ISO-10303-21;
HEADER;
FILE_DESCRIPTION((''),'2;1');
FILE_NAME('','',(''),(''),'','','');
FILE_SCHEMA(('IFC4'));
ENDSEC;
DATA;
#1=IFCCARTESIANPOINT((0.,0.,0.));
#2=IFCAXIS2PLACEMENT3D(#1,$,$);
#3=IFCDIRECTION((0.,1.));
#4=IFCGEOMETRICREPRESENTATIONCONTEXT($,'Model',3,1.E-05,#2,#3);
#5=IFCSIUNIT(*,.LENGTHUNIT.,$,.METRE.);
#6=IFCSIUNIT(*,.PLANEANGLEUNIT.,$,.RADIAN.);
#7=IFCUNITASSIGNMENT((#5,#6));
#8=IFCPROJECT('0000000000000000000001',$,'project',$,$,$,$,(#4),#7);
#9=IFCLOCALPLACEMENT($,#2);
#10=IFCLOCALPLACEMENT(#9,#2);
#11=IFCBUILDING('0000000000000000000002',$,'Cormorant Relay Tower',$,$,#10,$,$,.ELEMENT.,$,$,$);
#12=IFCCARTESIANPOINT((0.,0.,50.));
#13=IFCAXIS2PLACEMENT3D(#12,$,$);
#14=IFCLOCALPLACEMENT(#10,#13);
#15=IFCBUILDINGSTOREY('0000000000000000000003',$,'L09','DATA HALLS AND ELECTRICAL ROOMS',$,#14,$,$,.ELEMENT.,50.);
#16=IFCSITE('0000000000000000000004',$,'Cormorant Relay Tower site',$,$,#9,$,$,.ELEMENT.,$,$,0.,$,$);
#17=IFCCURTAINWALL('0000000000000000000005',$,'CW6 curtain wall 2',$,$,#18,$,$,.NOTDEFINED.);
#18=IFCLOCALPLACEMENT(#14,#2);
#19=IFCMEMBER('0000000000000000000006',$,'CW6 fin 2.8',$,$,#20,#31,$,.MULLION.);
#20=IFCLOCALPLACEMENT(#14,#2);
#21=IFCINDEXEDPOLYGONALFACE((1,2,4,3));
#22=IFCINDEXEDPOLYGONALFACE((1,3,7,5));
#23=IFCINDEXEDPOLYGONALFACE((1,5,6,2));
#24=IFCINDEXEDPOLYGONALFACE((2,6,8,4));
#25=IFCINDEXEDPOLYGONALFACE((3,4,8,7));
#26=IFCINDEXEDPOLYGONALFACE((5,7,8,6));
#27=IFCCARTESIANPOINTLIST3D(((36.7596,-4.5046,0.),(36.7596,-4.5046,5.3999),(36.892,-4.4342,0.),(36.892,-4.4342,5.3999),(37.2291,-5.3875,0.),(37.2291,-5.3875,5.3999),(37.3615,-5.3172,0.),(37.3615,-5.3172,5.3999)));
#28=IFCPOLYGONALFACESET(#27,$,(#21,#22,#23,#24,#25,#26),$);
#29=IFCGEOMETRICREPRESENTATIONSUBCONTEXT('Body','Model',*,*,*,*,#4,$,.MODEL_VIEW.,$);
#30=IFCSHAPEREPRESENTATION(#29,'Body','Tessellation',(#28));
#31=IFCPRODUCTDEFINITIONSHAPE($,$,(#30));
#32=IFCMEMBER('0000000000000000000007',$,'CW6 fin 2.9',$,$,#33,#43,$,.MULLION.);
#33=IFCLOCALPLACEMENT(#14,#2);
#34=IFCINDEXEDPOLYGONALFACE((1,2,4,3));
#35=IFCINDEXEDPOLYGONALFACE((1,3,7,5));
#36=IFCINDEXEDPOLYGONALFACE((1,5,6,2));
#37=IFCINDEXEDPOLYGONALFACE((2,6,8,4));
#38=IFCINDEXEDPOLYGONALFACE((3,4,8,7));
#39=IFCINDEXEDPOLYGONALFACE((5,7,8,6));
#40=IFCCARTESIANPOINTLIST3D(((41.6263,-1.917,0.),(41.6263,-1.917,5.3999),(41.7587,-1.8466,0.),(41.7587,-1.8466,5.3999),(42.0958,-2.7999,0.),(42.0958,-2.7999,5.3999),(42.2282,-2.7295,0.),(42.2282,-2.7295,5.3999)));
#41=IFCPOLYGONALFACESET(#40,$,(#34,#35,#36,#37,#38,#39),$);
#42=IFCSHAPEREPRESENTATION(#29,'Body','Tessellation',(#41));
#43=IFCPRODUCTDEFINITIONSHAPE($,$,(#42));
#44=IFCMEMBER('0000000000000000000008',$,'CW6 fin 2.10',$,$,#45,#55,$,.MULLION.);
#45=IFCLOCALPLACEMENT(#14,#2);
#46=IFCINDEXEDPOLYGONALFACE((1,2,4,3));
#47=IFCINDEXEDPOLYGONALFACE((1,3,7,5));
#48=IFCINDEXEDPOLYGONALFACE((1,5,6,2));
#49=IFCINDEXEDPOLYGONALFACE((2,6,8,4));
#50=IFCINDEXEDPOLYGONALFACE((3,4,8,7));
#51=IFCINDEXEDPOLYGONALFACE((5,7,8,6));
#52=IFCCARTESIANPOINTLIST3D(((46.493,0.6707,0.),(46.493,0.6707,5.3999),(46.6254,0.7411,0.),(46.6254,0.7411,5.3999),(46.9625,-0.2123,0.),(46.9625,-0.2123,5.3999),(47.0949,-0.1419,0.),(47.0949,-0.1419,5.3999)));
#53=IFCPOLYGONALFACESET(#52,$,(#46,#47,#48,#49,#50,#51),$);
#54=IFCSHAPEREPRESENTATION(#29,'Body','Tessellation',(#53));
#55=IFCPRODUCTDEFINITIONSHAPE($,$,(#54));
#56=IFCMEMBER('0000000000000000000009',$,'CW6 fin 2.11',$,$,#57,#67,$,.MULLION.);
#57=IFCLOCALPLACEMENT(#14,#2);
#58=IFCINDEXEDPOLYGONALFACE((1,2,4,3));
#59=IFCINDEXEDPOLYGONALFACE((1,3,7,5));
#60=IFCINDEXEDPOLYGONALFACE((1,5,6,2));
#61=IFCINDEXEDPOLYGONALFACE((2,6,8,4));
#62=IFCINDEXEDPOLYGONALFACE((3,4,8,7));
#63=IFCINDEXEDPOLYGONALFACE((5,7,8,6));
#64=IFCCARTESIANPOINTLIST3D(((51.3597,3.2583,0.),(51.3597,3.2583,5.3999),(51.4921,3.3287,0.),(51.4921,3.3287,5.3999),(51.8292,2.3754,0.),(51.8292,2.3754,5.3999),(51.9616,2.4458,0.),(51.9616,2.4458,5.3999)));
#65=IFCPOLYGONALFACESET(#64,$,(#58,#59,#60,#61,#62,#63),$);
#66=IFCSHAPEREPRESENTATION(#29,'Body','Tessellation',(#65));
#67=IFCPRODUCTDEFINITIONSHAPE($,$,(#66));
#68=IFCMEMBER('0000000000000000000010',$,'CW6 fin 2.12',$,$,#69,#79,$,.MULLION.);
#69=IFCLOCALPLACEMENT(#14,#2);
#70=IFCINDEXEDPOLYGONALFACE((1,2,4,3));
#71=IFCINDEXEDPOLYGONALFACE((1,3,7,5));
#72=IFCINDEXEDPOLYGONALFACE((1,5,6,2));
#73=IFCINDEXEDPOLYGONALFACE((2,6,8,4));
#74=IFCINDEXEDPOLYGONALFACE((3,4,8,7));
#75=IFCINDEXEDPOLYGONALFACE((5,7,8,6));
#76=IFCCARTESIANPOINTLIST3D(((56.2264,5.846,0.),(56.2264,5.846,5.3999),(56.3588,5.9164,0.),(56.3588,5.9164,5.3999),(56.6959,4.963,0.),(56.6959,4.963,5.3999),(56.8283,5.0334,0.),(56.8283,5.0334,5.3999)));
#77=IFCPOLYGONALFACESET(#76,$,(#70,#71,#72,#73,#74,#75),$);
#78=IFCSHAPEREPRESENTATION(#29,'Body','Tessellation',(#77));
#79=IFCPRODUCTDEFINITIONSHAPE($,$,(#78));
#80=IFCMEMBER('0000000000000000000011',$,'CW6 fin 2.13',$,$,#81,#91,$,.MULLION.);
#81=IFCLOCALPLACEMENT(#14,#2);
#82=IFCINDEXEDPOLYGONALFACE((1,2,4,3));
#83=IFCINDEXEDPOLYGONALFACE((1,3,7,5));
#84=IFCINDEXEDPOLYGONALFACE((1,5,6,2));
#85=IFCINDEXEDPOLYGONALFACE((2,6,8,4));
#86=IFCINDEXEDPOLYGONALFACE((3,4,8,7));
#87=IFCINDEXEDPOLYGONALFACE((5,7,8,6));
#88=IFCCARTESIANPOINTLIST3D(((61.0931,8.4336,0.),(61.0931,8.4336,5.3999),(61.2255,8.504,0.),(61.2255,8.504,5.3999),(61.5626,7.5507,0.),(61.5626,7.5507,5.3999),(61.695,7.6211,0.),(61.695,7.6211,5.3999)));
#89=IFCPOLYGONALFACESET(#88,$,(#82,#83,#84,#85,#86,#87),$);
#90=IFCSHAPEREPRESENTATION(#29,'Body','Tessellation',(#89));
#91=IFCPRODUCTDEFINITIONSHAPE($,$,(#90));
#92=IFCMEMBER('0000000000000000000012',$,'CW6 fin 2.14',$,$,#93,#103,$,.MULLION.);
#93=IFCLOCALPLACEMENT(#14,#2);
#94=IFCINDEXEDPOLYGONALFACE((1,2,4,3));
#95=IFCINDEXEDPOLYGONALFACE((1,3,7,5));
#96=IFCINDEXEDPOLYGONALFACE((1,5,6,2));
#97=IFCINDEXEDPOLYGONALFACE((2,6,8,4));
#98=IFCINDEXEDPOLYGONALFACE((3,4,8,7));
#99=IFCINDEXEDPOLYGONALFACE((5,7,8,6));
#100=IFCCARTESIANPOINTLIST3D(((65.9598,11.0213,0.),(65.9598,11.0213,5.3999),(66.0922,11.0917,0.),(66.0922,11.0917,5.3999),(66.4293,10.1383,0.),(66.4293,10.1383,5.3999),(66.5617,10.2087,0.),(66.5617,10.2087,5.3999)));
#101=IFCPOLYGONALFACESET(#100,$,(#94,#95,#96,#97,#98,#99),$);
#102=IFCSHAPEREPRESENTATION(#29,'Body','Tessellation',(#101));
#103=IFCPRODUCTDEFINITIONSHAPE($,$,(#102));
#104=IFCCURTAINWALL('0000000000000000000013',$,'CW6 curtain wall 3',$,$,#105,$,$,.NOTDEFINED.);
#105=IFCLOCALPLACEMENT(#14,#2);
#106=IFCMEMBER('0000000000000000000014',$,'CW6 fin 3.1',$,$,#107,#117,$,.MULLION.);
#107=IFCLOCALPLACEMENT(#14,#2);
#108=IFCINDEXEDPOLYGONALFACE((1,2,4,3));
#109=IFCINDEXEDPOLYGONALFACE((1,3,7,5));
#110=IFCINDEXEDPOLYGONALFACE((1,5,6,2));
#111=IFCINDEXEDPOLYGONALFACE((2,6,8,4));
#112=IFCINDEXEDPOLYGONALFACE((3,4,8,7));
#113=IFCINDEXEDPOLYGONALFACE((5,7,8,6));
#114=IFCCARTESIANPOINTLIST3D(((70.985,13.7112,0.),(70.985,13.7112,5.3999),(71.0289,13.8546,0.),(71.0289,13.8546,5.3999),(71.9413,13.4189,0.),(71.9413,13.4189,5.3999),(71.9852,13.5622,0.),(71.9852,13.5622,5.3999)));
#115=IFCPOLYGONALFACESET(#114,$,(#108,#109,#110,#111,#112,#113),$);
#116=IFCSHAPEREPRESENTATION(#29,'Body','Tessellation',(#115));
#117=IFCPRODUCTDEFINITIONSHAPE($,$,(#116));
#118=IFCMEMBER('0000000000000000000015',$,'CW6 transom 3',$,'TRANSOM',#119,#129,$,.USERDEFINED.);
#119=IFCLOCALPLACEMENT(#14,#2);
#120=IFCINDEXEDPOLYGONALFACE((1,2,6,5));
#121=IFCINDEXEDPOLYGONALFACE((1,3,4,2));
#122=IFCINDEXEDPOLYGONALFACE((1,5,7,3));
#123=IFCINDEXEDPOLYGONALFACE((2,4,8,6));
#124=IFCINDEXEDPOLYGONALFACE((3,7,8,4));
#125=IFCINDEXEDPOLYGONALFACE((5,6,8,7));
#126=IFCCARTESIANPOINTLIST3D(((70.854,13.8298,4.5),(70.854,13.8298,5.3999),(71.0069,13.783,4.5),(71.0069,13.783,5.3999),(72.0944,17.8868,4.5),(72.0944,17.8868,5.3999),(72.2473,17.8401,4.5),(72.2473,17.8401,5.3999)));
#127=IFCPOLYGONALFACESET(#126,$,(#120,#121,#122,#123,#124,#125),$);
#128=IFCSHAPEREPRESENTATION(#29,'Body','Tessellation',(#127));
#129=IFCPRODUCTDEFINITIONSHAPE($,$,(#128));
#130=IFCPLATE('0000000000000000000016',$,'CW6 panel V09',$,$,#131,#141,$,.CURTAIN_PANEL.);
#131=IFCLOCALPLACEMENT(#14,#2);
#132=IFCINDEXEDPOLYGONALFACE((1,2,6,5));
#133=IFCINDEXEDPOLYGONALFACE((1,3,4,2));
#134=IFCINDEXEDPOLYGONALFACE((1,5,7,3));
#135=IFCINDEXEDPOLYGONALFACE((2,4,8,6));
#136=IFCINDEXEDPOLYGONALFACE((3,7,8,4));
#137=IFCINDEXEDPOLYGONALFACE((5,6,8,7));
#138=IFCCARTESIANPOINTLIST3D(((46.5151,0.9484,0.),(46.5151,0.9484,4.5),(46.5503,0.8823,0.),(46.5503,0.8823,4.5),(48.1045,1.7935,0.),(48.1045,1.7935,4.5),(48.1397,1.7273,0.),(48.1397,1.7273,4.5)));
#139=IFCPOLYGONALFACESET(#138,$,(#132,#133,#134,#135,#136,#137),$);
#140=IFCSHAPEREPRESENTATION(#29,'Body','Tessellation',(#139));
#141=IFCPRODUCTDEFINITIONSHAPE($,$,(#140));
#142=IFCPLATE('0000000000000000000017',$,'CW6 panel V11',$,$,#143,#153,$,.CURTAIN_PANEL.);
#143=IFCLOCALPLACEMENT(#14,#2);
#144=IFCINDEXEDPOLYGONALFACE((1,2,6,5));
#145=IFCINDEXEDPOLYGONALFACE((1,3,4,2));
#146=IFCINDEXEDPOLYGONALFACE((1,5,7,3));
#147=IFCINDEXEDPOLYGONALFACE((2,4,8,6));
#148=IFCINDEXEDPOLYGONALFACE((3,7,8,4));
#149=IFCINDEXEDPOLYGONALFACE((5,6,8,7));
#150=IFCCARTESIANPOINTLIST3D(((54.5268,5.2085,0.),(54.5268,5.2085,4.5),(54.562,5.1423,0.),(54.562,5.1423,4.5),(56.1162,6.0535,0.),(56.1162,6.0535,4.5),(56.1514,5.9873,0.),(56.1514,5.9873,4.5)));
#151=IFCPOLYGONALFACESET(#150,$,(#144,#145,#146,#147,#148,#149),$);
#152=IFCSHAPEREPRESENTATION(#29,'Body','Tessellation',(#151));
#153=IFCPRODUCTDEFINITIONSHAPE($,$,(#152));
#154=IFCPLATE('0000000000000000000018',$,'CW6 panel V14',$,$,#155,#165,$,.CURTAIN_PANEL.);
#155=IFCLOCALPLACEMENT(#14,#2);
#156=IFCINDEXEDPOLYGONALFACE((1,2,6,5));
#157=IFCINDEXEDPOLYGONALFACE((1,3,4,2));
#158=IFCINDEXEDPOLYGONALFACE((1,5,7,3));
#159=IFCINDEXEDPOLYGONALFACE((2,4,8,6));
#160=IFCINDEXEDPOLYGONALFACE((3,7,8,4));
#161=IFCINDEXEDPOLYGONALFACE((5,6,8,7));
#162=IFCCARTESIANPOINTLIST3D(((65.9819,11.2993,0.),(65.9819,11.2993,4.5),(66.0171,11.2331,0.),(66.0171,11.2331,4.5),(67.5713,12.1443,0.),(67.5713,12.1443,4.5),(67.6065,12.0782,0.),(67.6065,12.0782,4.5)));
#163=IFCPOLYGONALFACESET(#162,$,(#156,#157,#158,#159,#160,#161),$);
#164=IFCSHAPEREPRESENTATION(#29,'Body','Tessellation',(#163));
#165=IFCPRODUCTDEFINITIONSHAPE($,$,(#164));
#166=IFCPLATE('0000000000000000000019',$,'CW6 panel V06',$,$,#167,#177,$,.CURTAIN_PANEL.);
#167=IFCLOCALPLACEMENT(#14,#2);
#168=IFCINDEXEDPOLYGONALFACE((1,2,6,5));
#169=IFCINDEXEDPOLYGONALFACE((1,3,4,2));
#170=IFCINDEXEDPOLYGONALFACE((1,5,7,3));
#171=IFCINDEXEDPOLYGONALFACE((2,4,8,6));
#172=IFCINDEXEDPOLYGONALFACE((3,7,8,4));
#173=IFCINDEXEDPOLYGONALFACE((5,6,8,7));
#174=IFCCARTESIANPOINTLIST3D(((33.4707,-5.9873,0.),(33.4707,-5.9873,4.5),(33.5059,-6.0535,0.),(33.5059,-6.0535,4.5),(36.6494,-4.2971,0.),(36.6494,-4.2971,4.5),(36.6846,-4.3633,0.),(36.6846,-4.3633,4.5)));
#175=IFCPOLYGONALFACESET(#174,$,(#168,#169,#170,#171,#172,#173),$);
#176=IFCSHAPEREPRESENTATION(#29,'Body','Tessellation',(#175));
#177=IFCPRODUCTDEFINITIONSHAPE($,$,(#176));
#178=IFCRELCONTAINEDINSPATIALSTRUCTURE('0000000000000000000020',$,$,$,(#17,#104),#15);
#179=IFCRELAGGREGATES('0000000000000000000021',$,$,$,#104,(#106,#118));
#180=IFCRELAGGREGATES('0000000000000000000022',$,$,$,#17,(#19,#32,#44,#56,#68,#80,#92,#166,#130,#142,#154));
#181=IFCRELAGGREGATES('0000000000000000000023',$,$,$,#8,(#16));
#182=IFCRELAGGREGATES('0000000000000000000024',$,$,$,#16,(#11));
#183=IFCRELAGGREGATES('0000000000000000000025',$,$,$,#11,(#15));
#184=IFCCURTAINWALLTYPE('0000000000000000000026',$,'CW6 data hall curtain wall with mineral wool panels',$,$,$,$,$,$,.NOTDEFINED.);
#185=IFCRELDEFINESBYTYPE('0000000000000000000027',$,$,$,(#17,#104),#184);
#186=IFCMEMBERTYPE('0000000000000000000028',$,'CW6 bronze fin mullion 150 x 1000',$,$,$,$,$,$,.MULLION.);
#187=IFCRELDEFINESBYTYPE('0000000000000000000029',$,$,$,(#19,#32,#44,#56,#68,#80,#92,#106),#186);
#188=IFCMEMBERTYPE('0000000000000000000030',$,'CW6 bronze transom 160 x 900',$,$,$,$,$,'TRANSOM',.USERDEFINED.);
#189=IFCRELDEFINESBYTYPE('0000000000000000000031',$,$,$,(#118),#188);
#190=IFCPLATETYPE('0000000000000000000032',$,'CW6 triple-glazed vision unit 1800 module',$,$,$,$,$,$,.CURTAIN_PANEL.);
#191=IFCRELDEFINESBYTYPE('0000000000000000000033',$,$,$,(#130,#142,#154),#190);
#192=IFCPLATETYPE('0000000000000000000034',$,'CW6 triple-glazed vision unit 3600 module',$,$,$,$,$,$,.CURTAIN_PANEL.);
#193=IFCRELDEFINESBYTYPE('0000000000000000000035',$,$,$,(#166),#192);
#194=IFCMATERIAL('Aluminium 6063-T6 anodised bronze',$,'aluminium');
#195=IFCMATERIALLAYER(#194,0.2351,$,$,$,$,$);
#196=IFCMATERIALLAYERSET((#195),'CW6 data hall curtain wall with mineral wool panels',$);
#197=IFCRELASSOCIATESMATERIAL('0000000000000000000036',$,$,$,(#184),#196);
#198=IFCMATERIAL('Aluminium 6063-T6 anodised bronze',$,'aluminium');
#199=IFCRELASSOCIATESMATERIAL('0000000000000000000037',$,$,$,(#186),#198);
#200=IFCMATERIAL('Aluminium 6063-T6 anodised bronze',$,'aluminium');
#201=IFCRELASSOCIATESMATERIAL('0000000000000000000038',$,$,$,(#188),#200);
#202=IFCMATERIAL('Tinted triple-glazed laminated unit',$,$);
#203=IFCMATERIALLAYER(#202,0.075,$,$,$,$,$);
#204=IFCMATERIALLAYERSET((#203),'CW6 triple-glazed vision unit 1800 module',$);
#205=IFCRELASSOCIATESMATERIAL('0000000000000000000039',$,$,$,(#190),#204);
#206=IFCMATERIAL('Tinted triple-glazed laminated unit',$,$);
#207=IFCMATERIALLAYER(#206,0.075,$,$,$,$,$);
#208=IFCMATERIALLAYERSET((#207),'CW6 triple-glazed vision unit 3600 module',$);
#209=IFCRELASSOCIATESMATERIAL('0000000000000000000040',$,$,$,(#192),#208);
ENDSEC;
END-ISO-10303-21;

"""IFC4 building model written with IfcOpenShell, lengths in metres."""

from ifc_helpers import new_model, si_unit, direction, frame, origin, origin_2d, place, context, subcontext, project, spatial, rectangle, extrude, material, layer, layer_set, material_profile, profile_set, type_object, element, aggregate, save


model = new_model("IFC4")

# Units and contexts
model_context = context("Model", 3, precision=1e-05, world=origin(), true_north=direction((0.0, 1.0)))
body_context = subcontext(model_context, "Body", "Model", "MODEL_VIEW")
ifc_project = project(units=[si_unit("LENGTHUNIT", "METRE"), si_unit("PLANEANGLEUNIT", "RADIAN")], contexts=[model_context])

# Site, building, storey
site_placement = place(None, origin())
site = spatial("IfcSite", under=ifc_project, at=site_placement, Name="Cormorant Relay Tower site", CompositionType="ELEMENT", RefElevation=0.0)
building_placement = place(site_placement, origin())
building = spatial("IfcBuilding", under=site, at=building_placement, Name="Cormorant Relay Tower", CompositionType="ELEMENT")
storey_placement = place(building_placement, frame((0.0, 0.0, 50.0)))
storey = spatial("IfcBuildingStorey", under=building, at=storey_placement, Name="L09", Description="DATA HALLS AND ELECTRICAL ROOMS", CompositionType="ELEMENT", Elevation=50.0)

# Curtain walls, members
ifc_material_1 = material(Name="Aluminium 6063-T6 anodised bronze", Category="aluminium")
ifc_layer_1 = layer(ifc_material_1, 0.2351)
ifc_layer_set_1 = layer_set([ifc_layer_1], Name="CW6 data hall curtain wall with mineral wool panels")
curtain_wall_type = type_object("IfcCurtainWallType", Name="CW6 data hall curtain wall with mineral wool panels", PredefinedType="NOTDEFINED", material=ifc_layer_set_1)
curtain_wall_1_placement = place(storey_placement, origin())
curtain_wall_1 = element("IfcCurtainWall", 1, at=curtain_wall_1_placement, inside=storey, type_object=curtain_wall_type, Name="CW6 curtain wall 2", PredefinedType="NOTDEFINED")
ifc_material_2 = material(Name="Aluminium 6063-T6 anodised bronze", Category="aluminium")
ifc_material_profile_1 = material_profile(ifc_material_2, rectangle(XDim=0.1499, YDim=1.0, at=origin_2d()), Name="AL 150x1000")
ifc_profile_set_1 = profile_set([ifc_material_profile_1], Name="Aluminium 6063-T6 anodised bronze")
member_type_1 = type_object("IfcMemberType", Name="CW6 bronze fin mullion 150 x 1000", PredefinedType="MULLION", material=ifc_profile_set_1)
member_1_placement = place(storey_placement, frame((37.0605, -4.9109, 0.0), z_axis=(0.0, 0.0, 1.0), x_axis=(0.882948, 0.469472, 0.0)))
member_1 = element("IfcMember", 2, at=member_1_placement, type_object=member_type_1, Name="CW6 fin 2.8", PredefinedType="MULLION", context=body_context, shape_type="SweptSolid", body=[
    extrude(rectangle(XDim=0.1499, YDim=1.0, at=origin_2d()), origin(), (0.0, 0.0, 1.0), 5.3999),
])
member_2_placement = place(storey_placement, frame((41.9272, -2.3232, 0.0), z_axis=(0.0, 0.0, 1.0), x_axis=(0.882948, 0.469472, 0.0)))
member_2 = element("IfcMember", 3, at=member_2_placement, type_object=member_type_1, Name="CW6 fin 2.9", PredefinedType="MULLION", context=body_context, shape_type="SweptSolid", body=[
    extrude(rectangle(XDim=0.1499, YDim=1.0, at=origin_2d()), origin(), (0.0, 0.0, 1.0), 5.3999),
])
member_3_placement = place(storey_placement, frame((46.7939, 0.2644, 0.0), z_axis=(0.0, 0.0, 1.0), x_axis=(0.882948, 0.469472, 0.0)))
member_3 = element("IfcMember", 4, at=member_3_placement, type_object=member_type_1, Name="CW6 fin 2.10", PredefinedType="MULLION", context=body_context, shape_type="SweptSolid", body=[
    extrude(rectangle(XDim=0.1499, YDim=1.0, at=origin_2d()), origin(), (0.0, 0.0, 1.0), 5.3999),
])
member_4_placement = place(storey_placement, frame((51.6606, 2.8521, 0.0), z_axis=(0.0, 0.0, 1.0), x_axis=(0.882948, 0.469472, 0.0)))
member_4 = element("IfcMember", 5, at=member_4_placement, type_object=member_type_1, Name="CW6 fin 2.11", PredefinedType="MULLION", context=body_context, shape_type="SweptSolid", body=[
    extrude(rectangle(XDim=0.1499, YDim=1.0, at=origin_2d()), origin(), (0.0, 0.0, 1.0), 5.3999),
])
member_5_placement = place(storey_placement, frame((56.5273, 5.4397, 0.0), z_axis=(0.0, 0.0, 1.0), x_axis=(0.882948, 0.469472, 0.0)))
member_5 = element("IfcMember", 6, at=member_5_placement, type_object=member_type_1, Name="CW6 fin 2.12", PredefinedType="MULLION", context=body_context, shape_type="SweptSolid", body=[
    extrude(rectangle(XDim=0.1499, YDim=1.0, at=origin_2d()), origin(), (0.0, 0.0, 1.0), 5.3999),
])
member_6_placement = place(storey_placement, frame((61.394, 8.0273, 0.0), z_axis=(0.0, 0.0, 1.0), x_axis=(0.882948, 0.469472, 0.0)))
member_6 = element("IfcMember", 7, at=member_6_placement, type_object=member_type_1, Name="CW6 fin 2.13", PredefinedType="MULLION", context=body_context, shape_type="SweptSolid", body=[
    extrude(rectangle(XDim=0.1499, YDim=1.0, at=origin_2d()), origin(), (0.0, 0.0, 1.0), 5.3999),
])
member_7_placement = place(storey_placement, frame((66.2607, 10.615, 0.0), z_axis=(0.0, 0.0, 1.0), x_axis=(0.882948, 0.469472, 0.0)))
member_7 = element("IfcMember", 8, at=member_7_placement, type_object=member_type_1, Name="CW6 fin 2.14", PredefinedType="MULLION", context=body_context, shape_type="SweptSolid", body=[
    extrude(rectangle(XDim=0.1499, YDim=1.0, at=origin_2d()), origin(), (0.0, 0.0, 1.0), 5.3999),
])
curtain_wall_2_placement = place(storey_placement, origin())
curtain_wall_2 = element("IfcCurtainWall", 9, at=curtain_wall_2_placement, inside=storey, type_object=curtain_wall_type, Name="CW6 curtain wall 3", PredefinedType="NOTDEFINED")
member_8_placement = place(storey_placement, frame((71.4851, 13.6367, 0.0), z_axis=(0.0, 0.0, 1.0), x_axis=(0.292372, 0.956305, 0.0)))
member_8 = element("IfcMember", 10, at=member_8_placement, type_object=member_type_1, Name="CW6 fin 3.1", PredefinedType="MULLION", context=body_context, shape_type="SweptSolid", body=[
    extrude(rectangle(XDim=0.1499, YDim=1.0, at=origin_2d()), origin(), (0.0, 0.0, 1.0), 5.3999),
])
ifc_material_3 = material(Name="Aluminium 6063-T6 anodised bronze", Category="aluminium")
ifc_material_profile_2 = material_profile(ifc_material_3, rectangle(XDim=0.1599, YDim=0.8999, at=origin_2d()), Name="AL 160x900")
ifc_profile_set_2 = profile_set([ifc_material_profile_2], Name="Aluminium 6063-T6 anodised bronze")
member_type_2 = type_object("IfcMemberType", Name="CW6 bronze transom 160 x 900", ElementType="TRANSOM", PredefinedType="USERDEFINED", material=ifc_profile_set_2)
member_9_placement = place(storey_placement, frame((70.9304, 13.8064, 4.95), z_axis=(0.292391, 0.956299, 0.0), x_axis=(-0.956299, 0.292391, 0.0)))
member_9 = element("IfcMember", 11, at=member_9_placement, type_object=member_type_2, Name="CW6 transom 3", ObjectType="TRANSOM", PredefinedType="USERDEFINED", context=body_context, shape_type="SweptSolid", body=[
    extrude(rectangle(XDim=0.1599, YDim=0.8999, at=origin_2d()), origin(), (0.0, 0.0, 1.0), 4.2424),
])
aggregate(curtain_wall_2, [member_8, member_9])

# Plates
ifc_material_4 = material(Name="Tinted triple-glazed laminated unit")
ifc_layer_2 = layer(ifc_material_4, 0.075)
ifc_layer_set_2 = layer_set([ifc_layer_2], Name="CW6 triple-glazed vision unit 1800 module")
plate_type_1 = type_object("IfcPlateType", Name="CW6 triple-glazed vision unit 1800 module", PredefinedType="CURTAIN_PANEL", material=ifc_layer_set_2)
plate_1_placement = place(storey_placement, frame((47.3274, 1.3379, 0.0), z_axis=(0.0, 0.0, 1.0), x_axis=(0.882948, 0.469472, 0.0)))
plate_1 = element("IfcPlate", 12, at=plate_1_placement, type_object=plate_type_1, Name="CW6 panel V09", PredefinedType="CURTAIN_PANEL", context=body_context, shape_type="SweptSolid", body=[
    extrude(rectangle(XDim=1.8, YDim=0.075, at=origin_2d()), origin(), (0.0, 0.0, 1.0), 4.5),
])
plate_2_placement = place(storey_placement, frame((55.3391, 5.5979, 0.0), z_axis=(0.0, 0.0, 1.0), x_axis=(0.882948, 0.469472, 0.0)))
plate_2 = element("IfcPlate", 13, at=plate_2_placement, type_object=plate_type_1, Name="CW6 panel V11", PredefinedType="CURTAIN_PANEL", context=body_context, shape_type="SweptSolid", body=[
    extrude(rectangle(XDim=1.8, YDim=0.075, at=origin_2d()), origin(), (0.0, 0.0, 1.0), 4.5),
])
plate_3_placement = place(storey_placement, frame((66.7942, 11.6887, 0.0), z_axis=(0.0, 0.0, 1.0), x_axis=(0.882948, 0.469472, 0.0)))
plate_3 = element("IfcPlate", 14, at=plate_3_placement, type_object=plate_type_1, Name="CW6 panel V14", PredefinedType="CURTAIN_PANEL", context=body_context, shape_type="SweptSolid", body=[
    extrude(rectangle(XDim=1.8, YDim=0.075, at=origin_2d()), origin(), (0.0, 0.0, 1.0), 4.5),
])
ifc_material_5 = material(Name="Tinted triple-glazed laminated unit")
ifc_layer_3 = layer(ifc_material_5, 0.075)
ifc_layer_set_3 = layer_set([ifc_layer_3], Name="CW6 triple-glazed vision unit 3600 module")
plate_type_2 = type_object("IfcPlateType", Name="CW6 triple-glazed vision unit 3600 module", PredefinedType="CURTAIN_PANEL", material=ifc_layer_set_3)
plate_4_placement = place(storey_placement, frame((35.0776, -5.1753, 0.0), z_axis=(0.0, 0.0, 1.0), x_axis=(0.882948, 0.469472, 0.0)))
plate_4 = element("IfcPlate", 15, at=plate_4_placement, type_object=plate_type_2, Name="CW6 panel V06", PredefinedType="CURTAIN_PANEL", context=body_context, shape_type="SweptSolid", body=[
    extrude(rectangle(XDim=3.6001, YDim=0.075, at=origin_2d()), origin(), (0.0, 0.0, 1.0), 4.5),
])

aggregate(curtain_wall_1, [member_1, member_2, member_3, member_4, member_5, member_6, member_7, plate_4, plate_1, plate_2, plate_3])

save(model, "model.ifc")
